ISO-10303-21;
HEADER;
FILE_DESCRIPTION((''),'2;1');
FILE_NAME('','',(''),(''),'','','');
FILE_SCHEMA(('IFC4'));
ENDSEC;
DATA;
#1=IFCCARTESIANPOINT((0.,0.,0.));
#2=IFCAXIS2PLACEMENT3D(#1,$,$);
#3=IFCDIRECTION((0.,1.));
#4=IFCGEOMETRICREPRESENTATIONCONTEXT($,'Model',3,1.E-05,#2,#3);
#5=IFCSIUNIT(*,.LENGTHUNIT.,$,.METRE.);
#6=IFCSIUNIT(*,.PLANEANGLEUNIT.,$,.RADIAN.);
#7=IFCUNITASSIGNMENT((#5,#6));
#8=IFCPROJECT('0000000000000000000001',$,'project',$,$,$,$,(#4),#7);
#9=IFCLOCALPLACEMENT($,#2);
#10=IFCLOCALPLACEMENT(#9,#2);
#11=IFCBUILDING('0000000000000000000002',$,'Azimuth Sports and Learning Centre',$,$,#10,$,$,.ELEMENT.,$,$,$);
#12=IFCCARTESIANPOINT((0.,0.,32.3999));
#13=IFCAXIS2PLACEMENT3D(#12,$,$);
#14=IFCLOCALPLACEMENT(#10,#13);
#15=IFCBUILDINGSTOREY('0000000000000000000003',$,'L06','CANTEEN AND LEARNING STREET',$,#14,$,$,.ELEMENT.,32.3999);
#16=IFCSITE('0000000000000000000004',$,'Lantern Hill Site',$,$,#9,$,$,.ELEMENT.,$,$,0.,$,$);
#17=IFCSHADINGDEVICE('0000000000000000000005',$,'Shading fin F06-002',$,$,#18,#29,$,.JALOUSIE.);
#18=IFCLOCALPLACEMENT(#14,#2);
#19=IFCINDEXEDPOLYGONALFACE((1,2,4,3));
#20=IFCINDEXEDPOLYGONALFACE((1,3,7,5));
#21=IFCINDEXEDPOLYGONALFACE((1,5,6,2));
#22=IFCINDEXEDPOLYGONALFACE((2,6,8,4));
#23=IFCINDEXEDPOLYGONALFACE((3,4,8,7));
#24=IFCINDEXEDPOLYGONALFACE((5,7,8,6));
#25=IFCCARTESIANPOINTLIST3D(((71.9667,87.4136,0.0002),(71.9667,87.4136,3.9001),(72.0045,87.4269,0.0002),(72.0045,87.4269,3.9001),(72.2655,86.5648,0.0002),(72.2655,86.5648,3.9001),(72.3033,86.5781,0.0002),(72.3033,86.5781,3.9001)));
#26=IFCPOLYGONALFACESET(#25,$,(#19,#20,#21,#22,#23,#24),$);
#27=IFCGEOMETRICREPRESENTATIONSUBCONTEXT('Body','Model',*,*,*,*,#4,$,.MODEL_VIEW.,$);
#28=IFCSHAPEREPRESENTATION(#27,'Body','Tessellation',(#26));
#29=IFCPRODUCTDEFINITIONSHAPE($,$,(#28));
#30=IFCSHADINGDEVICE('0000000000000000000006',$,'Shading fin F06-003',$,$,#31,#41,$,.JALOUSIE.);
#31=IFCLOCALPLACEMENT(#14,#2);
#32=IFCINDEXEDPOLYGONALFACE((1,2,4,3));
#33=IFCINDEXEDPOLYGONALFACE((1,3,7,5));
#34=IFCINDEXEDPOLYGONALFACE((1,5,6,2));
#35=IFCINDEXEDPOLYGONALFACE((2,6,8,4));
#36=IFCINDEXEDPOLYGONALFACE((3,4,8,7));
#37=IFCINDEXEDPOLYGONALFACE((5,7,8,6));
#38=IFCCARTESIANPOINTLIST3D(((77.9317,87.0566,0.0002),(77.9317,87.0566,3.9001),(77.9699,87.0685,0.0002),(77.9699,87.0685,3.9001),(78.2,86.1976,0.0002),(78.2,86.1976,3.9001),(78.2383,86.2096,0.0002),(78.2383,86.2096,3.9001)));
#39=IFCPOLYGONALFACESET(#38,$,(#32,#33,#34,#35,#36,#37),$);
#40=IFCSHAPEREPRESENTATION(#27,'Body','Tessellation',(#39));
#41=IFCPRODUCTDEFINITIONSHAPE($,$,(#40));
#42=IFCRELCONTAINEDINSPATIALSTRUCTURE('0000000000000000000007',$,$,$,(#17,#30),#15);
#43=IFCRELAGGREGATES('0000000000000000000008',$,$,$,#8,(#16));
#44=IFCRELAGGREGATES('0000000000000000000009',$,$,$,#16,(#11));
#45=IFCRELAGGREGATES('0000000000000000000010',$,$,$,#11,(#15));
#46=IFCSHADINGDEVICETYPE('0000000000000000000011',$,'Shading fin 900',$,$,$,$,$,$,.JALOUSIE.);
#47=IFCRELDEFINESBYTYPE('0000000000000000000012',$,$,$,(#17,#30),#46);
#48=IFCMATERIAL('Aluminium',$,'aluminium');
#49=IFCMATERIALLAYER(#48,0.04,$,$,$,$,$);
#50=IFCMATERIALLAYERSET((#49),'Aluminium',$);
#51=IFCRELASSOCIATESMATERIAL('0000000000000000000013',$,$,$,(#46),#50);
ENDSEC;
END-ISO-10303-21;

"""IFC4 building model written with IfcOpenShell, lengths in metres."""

from ifc_helpers import new_model, si_unit, direction, frame, origin, origin_2d, place, context, subcontext, project, spatial, rectangle, extrude, material, layer, layer_set, type_object, element, save


model = new_model("IFC4")

# Units and contexts
model_context = context("Model", 3, precision=1e-05, world=origin(), true_north=direction((0.0, 1.0)))
body_context = subcontext(model_context, "Body", "Model", "MODEL_VIEW")
ifc_project = project(units=[si_unit("LENGTHUNIT", "METRE"), si_unit("PLANEANGLEUNIT", "RADIAN")], contexts=[model_context])

# Site, building, storey
site_placement = place(None, origin())
site = spatial("IfcSite", under=ifc_project, at=site_placement, Name="Lantern Hill Site", CompositionType="ELEMENT", RefElevation=0.0)
building_placement = place(site_placement, origin())
building = spatial("IfcBuilding", under=site, at=building_placement, Name="Azimuth Sports and Learning Centre", CompositionType="ELEMENT")
storey_placement = place(building_placement, frame((0.0, 0.0, 32.3999)))
storey = spatial("IfcBuildingStorey", under=building, at=storey_placement, Name="L06", Description="CANTEEN AND LEARNING STREET", CompositionType="ELEMENT", Elevation=32.3999)

# Shading devices
ifc_material_1 = material(Name="Aluminium", Category="aluminium")
ifc_layer_1 = layer(ifc_material_1, 0.04)
ifc_layer_set_1 = layer_set([ifc_layer_1], Name="Aluminium")
shading_device_type_1 = type_object("IfcShadingDeviceType", Name="Shading fin 900", PredefinedType="JALOUSIE", material=ifc_layer_set_1)
for number, where, z_axis, x_axis, name in (
    (1, (72.135, 86.9958, 0.0002), (0.0, 0.0, 1.0), (0.332025, -0.943271, 0.0), "Shading fin F06-002"),
    (2, (78.085, 86.6331, 0.0002), (0.0, 0.0, 1.0), (0.298225, -0.954496, 0.0), "Shading fin F06-003"),
):
    element("IfcShadingDevice", number, at=place(storey_placement, frame(where, z_axis=z_axis, x_axis=x_axis)), inside=storey, type_object=shading_device_type_1, Name=name, PredefinedType="JALOUSIE", context=body_context, shape_type="SweptSolid", body=[
        extrude(rectangle(XDim=0.8999, YDim=0.04, at=origin_2d()), origin(), (0.0, 0.0, 1.0), 3.8999),
    ])

save(model, "model.ifc")
